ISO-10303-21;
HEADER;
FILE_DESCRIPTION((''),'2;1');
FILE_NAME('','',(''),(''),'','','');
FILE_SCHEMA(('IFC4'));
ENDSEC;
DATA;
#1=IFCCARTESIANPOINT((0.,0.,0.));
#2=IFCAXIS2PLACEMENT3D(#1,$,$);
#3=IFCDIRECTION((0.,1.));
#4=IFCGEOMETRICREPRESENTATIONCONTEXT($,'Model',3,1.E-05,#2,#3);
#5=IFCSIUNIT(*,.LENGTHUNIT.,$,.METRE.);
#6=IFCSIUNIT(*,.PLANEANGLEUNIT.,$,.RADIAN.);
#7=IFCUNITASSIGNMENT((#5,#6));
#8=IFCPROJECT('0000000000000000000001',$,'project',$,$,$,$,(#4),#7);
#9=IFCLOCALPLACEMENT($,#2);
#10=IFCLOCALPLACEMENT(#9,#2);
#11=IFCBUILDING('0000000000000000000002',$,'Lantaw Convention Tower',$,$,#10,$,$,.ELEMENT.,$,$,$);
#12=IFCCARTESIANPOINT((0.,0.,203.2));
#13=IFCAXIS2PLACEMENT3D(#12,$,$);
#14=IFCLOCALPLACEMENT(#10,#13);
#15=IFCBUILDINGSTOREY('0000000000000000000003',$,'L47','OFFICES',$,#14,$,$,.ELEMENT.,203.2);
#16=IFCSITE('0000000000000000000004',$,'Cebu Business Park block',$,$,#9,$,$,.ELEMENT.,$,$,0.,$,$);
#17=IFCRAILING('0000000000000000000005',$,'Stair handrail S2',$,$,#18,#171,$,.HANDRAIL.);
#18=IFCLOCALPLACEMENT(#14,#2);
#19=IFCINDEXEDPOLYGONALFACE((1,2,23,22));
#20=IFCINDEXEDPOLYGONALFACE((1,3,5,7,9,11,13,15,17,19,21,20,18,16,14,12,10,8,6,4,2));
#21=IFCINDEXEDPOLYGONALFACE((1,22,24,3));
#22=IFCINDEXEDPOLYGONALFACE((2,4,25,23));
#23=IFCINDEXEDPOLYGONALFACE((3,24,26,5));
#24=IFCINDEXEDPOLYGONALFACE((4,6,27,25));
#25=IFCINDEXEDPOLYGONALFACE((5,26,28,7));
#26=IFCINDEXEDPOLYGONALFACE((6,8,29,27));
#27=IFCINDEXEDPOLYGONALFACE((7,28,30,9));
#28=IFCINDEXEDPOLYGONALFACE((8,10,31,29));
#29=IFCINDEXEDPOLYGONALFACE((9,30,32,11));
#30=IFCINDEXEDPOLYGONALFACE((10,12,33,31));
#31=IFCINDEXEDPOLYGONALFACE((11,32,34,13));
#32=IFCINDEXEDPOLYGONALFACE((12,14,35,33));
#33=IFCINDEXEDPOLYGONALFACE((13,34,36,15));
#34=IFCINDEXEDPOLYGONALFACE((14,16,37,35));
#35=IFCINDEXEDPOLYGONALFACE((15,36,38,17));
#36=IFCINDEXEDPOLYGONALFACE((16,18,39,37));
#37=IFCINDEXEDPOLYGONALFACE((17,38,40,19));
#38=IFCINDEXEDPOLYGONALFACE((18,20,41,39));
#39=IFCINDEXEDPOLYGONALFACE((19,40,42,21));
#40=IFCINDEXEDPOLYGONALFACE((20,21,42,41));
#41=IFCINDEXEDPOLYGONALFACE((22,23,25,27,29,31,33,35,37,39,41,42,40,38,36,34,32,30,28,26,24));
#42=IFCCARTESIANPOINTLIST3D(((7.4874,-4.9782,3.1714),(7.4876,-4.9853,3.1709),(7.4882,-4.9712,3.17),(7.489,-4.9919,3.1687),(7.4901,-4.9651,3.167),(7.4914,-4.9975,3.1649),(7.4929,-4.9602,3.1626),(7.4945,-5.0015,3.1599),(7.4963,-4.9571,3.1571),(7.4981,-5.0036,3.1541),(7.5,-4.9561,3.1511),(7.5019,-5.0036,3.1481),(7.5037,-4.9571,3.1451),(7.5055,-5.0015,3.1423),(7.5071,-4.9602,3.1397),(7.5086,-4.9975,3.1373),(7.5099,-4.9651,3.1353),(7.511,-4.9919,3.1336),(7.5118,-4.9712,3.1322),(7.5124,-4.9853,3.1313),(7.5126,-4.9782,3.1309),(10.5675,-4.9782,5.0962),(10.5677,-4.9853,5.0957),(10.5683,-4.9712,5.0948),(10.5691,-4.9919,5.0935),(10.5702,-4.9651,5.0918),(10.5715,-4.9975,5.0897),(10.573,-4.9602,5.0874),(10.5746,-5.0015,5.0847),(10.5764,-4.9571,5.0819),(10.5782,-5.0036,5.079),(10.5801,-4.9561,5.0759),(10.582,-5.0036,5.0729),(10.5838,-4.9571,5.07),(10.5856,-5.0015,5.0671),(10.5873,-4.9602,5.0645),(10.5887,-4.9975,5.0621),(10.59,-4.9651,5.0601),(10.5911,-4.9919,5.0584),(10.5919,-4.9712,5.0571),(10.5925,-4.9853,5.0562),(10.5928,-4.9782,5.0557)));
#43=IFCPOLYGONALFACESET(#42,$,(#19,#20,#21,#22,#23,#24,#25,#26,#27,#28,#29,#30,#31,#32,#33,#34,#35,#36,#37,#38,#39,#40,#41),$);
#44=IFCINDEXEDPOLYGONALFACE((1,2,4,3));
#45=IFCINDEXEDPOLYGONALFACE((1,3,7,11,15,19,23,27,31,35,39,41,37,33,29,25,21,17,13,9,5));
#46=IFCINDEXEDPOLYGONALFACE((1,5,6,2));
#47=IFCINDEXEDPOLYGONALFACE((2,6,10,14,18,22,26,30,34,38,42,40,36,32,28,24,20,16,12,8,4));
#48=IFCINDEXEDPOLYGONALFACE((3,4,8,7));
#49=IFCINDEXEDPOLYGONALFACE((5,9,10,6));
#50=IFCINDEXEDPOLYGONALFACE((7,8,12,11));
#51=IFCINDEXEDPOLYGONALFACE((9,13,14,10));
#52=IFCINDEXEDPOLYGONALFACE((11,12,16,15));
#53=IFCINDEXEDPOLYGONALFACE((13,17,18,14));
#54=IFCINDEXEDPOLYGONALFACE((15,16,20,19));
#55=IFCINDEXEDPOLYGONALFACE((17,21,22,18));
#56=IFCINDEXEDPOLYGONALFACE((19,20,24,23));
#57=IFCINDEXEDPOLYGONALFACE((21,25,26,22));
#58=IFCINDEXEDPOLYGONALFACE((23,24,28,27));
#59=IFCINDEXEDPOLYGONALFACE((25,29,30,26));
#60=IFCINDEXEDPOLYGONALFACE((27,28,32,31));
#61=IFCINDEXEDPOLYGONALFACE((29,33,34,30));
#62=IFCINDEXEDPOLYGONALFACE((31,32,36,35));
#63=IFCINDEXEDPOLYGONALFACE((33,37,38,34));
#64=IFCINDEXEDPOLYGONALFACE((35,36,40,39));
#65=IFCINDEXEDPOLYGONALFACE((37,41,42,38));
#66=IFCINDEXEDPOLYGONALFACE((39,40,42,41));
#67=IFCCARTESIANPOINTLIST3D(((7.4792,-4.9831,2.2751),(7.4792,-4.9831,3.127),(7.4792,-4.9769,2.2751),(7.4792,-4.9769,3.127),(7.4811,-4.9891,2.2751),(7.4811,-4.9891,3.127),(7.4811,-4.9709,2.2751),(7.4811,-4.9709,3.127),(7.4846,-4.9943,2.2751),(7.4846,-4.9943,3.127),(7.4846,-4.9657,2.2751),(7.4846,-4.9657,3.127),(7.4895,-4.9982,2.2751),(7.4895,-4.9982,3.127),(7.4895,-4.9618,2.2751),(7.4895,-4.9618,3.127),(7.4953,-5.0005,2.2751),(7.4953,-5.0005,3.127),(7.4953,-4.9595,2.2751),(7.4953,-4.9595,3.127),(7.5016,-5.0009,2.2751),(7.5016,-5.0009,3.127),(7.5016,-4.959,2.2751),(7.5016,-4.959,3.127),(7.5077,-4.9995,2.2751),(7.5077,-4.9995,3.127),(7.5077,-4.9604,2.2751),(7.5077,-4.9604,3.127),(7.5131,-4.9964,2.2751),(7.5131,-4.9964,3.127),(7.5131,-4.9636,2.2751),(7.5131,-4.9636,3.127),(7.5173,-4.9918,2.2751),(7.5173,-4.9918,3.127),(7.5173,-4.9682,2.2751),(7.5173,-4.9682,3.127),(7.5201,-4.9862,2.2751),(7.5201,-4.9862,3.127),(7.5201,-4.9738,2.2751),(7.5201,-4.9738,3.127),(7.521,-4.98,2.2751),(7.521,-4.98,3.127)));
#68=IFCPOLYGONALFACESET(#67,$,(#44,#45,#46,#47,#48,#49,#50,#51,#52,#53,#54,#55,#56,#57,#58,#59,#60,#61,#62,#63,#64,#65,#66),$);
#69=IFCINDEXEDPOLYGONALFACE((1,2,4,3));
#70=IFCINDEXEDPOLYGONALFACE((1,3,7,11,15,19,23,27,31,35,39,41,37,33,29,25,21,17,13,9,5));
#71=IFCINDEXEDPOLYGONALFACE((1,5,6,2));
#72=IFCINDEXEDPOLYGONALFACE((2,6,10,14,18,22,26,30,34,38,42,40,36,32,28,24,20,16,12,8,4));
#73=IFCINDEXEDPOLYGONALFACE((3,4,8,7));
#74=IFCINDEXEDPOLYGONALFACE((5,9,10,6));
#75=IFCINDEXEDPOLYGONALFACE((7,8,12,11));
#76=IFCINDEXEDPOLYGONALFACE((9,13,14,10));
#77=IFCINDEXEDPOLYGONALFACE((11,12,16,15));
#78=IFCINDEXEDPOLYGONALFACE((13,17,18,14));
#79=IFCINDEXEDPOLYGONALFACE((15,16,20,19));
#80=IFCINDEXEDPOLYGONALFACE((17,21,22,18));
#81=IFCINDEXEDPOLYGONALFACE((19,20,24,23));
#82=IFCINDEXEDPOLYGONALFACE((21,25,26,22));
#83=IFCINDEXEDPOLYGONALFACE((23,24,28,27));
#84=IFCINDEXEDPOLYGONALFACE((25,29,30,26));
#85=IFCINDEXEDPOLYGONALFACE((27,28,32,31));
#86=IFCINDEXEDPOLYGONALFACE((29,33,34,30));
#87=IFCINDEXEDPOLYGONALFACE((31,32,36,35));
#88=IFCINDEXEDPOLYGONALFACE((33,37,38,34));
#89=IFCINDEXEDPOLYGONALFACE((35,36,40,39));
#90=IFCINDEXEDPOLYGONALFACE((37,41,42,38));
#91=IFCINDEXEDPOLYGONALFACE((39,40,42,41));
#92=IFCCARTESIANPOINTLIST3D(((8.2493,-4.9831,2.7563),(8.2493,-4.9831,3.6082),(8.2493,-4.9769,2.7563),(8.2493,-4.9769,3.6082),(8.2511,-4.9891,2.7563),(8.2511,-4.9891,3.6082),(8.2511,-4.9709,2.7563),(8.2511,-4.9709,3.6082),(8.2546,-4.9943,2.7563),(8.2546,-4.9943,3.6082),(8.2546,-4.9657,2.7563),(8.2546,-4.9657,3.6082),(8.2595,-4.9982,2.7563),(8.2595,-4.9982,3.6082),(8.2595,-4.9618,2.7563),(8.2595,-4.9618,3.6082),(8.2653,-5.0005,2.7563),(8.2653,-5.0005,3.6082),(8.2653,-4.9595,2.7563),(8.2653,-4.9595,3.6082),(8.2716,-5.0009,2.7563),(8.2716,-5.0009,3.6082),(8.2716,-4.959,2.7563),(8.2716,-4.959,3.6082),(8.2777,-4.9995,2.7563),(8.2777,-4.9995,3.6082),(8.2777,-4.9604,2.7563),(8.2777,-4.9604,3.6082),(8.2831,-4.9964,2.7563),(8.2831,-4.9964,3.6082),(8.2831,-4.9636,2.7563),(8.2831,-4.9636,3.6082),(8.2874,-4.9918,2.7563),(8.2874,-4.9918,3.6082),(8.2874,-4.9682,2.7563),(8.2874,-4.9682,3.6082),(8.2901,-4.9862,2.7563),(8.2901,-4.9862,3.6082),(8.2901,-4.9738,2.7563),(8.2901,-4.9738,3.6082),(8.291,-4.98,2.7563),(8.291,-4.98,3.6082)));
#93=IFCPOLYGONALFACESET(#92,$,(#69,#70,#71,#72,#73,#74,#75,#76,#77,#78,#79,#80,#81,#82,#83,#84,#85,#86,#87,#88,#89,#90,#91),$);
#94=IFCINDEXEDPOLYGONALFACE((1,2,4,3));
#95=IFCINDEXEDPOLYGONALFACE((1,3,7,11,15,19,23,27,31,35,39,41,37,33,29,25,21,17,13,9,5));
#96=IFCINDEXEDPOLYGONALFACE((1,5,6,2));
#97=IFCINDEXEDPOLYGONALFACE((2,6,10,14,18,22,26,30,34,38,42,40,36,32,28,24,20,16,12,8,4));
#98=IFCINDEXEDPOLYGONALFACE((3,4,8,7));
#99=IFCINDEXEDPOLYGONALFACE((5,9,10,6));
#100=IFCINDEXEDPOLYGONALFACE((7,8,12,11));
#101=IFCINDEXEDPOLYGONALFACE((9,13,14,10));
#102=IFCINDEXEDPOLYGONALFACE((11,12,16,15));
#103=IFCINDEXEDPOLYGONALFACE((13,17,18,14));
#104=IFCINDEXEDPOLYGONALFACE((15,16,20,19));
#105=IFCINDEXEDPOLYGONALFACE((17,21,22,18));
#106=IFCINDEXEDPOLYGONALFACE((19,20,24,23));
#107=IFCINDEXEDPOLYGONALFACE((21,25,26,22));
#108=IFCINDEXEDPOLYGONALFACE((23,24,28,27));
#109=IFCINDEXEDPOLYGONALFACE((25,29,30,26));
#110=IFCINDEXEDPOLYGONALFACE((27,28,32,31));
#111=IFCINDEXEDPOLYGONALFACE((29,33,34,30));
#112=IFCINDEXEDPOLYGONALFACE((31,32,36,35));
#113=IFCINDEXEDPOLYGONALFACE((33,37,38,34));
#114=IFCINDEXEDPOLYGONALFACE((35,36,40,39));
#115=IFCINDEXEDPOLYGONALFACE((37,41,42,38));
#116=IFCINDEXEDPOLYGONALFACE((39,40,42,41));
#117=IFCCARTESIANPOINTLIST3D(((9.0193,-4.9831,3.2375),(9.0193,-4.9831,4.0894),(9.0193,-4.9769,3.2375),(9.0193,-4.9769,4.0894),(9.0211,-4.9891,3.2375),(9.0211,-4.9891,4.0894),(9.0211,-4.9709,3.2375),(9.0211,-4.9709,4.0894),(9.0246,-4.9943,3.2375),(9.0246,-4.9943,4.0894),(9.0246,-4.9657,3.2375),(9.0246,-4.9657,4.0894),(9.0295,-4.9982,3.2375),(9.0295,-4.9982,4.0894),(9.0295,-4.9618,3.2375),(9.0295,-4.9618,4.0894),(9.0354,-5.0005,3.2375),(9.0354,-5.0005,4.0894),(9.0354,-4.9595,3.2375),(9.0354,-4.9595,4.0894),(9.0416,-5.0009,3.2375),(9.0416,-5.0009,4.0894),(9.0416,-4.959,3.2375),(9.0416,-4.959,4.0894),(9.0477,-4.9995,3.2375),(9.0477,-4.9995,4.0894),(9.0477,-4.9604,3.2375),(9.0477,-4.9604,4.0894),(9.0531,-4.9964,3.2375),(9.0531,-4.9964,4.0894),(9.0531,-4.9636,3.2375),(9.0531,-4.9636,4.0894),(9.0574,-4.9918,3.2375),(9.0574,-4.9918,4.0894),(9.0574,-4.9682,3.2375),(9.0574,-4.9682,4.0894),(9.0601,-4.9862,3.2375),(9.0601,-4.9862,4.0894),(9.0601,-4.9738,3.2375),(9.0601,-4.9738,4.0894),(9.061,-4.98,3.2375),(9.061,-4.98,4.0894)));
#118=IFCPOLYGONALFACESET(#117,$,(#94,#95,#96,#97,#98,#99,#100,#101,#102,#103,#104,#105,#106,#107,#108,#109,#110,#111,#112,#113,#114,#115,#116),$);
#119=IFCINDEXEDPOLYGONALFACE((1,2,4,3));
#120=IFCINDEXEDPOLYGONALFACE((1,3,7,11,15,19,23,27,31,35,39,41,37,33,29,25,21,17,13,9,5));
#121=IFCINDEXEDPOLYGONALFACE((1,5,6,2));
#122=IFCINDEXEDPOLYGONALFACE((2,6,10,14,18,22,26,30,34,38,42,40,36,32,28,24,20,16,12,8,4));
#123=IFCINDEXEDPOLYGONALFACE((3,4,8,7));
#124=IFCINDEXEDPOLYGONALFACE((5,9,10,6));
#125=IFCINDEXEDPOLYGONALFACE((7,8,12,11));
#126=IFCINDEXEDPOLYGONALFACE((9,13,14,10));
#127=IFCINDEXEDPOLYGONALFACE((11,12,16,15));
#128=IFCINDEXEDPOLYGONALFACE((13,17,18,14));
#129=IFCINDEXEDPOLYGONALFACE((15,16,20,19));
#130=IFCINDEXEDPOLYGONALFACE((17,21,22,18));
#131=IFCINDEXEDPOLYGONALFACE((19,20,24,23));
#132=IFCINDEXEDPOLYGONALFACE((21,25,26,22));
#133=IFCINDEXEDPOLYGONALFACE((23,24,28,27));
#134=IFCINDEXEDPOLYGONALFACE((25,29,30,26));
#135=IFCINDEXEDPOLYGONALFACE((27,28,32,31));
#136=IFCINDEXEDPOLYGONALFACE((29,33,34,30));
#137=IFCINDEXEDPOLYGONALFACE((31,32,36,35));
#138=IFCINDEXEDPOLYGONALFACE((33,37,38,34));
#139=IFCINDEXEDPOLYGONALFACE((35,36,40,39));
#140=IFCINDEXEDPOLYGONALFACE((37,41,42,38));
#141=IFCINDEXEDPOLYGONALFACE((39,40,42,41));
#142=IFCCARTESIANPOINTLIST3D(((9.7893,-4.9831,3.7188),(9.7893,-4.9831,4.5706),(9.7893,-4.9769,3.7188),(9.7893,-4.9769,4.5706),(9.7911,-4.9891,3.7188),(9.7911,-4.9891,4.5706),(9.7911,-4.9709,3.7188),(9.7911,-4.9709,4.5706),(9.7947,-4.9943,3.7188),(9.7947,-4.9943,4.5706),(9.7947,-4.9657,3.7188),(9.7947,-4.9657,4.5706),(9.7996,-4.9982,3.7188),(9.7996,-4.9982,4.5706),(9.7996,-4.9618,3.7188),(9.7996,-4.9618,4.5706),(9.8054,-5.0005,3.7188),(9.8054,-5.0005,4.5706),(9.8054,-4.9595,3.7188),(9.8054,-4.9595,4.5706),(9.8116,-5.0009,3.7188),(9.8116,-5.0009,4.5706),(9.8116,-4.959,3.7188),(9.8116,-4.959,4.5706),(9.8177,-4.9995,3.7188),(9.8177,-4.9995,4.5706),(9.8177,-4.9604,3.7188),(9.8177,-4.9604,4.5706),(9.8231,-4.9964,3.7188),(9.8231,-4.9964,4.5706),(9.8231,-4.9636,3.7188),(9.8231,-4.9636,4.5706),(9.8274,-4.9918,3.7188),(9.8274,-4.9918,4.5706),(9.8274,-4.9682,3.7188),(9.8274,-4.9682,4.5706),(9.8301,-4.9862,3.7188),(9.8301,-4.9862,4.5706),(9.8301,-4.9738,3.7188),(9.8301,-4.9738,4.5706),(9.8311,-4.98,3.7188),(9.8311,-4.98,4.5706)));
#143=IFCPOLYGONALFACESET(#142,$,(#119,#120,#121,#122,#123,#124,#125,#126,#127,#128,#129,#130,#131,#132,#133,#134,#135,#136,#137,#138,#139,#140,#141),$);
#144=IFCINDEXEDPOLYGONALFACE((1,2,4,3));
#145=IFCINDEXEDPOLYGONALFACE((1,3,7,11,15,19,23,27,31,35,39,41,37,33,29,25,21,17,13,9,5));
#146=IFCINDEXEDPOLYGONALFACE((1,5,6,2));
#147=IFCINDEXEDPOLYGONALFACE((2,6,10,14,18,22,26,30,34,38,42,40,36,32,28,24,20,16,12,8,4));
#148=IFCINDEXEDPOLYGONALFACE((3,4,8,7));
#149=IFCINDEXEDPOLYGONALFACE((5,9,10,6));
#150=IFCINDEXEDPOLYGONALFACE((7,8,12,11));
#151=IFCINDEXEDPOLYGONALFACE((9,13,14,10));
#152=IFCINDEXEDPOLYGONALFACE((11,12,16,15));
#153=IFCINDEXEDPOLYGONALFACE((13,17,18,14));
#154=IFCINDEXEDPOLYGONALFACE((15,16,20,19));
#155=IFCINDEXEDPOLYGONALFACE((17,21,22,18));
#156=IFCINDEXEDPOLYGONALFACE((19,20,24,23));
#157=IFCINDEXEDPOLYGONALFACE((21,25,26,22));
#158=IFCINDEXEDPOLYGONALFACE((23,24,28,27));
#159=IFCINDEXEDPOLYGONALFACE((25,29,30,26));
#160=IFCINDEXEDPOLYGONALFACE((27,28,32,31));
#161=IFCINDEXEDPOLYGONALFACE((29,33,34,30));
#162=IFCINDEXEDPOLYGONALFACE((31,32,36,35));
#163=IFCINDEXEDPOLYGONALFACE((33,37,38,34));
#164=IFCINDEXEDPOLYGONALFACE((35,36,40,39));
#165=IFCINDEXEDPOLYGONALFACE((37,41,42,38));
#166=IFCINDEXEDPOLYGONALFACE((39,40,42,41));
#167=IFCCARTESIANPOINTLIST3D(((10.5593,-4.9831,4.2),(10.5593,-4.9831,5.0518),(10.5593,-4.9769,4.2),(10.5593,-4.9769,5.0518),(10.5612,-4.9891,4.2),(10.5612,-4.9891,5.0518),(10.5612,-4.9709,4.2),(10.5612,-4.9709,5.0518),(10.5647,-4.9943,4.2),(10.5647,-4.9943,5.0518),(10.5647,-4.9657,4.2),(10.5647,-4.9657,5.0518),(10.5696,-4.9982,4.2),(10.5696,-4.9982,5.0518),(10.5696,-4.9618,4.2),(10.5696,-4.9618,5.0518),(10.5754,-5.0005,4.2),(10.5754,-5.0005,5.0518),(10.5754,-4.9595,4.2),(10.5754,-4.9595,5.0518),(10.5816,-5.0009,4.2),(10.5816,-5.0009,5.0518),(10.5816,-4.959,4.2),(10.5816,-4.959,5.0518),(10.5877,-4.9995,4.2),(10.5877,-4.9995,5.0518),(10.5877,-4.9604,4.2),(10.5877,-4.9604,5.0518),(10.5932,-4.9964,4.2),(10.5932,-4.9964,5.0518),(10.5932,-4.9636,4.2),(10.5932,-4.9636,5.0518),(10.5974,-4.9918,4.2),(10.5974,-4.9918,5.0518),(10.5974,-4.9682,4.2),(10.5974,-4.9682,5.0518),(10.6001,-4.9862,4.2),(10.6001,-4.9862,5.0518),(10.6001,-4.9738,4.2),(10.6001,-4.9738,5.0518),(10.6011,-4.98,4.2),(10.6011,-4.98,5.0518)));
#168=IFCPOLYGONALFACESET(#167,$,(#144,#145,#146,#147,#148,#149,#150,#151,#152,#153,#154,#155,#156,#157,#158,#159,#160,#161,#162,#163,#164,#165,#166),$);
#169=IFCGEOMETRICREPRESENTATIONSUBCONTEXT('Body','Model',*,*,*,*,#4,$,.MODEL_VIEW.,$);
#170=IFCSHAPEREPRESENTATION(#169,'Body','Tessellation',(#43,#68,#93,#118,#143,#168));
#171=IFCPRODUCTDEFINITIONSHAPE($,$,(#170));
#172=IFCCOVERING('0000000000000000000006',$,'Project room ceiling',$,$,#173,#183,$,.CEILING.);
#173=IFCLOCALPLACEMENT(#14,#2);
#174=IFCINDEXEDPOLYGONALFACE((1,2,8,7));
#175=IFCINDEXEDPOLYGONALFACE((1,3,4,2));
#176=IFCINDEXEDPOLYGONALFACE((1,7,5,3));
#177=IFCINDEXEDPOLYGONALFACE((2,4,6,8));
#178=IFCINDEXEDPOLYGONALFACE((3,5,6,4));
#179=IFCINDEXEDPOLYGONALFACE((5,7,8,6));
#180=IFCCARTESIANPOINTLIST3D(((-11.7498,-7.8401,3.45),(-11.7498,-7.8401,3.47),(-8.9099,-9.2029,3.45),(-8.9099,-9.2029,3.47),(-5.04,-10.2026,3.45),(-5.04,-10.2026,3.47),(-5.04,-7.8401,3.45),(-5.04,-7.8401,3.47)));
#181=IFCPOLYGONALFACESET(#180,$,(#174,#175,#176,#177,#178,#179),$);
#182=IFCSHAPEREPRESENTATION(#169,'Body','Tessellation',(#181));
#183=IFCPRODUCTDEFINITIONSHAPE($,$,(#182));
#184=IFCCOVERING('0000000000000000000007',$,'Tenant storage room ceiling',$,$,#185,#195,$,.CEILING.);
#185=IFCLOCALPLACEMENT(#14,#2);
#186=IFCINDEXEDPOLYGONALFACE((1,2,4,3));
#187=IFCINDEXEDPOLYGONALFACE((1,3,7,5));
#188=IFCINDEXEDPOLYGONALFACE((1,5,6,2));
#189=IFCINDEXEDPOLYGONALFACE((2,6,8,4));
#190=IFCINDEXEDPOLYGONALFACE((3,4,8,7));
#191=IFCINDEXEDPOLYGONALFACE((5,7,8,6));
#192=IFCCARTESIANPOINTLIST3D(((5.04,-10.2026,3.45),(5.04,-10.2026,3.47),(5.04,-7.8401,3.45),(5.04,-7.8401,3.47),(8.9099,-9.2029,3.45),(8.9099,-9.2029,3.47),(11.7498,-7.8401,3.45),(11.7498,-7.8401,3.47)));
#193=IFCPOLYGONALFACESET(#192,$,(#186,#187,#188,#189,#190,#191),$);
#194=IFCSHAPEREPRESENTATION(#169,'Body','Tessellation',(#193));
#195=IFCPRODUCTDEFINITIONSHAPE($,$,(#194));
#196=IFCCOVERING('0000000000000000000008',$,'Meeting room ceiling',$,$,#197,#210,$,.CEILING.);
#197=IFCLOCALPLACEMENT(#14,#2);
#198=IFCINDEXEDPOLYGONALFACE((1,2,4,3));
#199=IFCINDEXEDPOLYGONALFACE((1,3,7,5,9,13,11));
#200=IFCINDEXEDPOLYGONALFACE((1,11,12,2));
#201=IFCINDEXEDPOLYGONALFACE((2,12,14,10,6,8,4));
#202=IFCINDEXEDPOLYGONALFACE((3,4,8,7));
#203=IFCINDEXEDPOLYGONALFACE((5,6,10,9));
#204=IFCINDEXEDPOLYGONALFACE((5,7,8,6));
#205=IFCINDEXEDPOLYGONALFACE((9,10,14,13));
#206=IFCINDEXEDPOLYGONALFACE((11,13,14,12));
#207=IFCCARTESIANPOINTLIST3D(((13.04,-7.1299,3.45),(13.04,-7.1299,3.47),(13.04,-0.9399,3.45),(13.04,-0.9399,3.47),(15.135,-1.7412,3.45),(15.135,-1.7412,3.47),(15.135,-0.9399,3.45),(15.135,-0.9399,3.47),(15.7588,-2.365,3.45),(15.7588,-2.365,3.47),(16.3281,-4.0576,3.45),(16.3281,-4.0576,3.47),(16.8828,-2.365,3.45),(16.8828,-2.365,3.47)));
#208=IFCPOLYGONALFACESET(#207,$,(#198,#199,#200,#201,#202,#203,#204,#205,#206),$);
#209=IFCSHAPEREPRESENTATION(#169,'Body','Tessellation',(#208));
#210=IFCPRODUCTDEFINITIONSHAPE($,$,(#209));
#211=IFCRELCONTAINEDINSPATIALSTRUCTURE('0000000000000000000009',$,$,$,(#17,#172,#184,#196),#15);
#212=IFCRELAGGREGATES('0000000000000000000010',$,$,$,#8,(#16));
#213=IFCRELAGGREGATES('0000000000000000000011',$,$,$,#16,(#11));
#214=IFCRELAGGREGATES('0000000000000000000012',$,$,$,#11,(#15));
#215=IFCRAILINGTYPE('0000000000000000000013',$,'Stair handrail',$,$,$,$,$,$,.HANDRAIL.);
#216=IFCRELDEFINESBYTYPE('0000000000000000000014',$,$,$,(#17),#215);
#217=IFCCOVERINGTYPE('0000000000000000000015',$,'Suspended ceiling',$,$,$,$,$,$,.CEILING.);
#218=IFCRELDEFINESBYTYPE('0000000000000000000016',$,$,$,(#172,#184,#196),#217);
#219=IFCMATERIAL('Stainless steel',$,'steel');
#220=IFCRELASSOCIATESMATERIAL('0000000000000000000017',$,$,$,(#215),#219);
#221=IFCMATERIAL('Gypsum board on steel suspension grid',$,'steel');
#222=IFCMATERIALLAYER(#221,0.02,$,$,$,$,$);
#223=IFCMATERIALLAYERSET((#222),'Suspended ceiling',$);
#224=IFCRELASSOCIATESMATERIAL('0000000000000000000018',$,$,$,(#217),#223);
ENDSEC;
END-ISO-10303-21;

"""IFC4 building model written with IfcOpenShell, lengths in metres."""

from ifc_helpers import new_model, si_unit, direction, frame, origin, origin_2d, place, context, subcontext, project, spatial, polyline, circle, outline, extrude, material, layer, layer_set, type_object, element, save


model = new_model("IFC4")

# Units and contexts
model_context = context("Model", 3, precision=1e-05, world=origin(), true_north=direction((0.0, 1.0)))
body_context = subcontext(model_context, "Body", "Model", "MODEL_VIEW")
ifc_project = project(units=[si_unit("LENGTHUNIT", "METRE"), si_unit("PLANEANGLEUNIT", "RADIAN")], contexts=[model_context])

# Site, building, storey
site_placement = place(None, origin())
site = spatial("IfcSite", under=ifc_project, at=site_placement, Name="Cebu Business Park block", CompositionType="ELEMENT", RefElevation=0.0)
building_placement = place(site_placement, origin())
building = spatial("IfcBuilding", under=site, at=building_placement, Name="Lantaw Convention Tower", CompositionType="ELEMENT")
storey_placement = place(building_placement, frame((0.0, 0.0, 203.2)))
storey = spatial("IfcBuildingStorey", under=building, at=storey_placement, Name="L47", Description="OFFICES", CompositionType="ELEMENT", Elevation=203.2)

# Railing
ifc_material_1 = material(Name="Stainless steel", Category="steel")
railing_type = type_object("IfcRailingType", Name="Stair handrail", PredefinedType="HANDRAIL", material=ifc_material_1)
railing_placement = place(storey_placement, frame((7.5, -4.98, 2.2751)))
element("IfcRailing", 1, at=railing_placement, inside=storey, type_object=railing_type, Name="Stair handrail S2", PredefinedType="HANDRAIL", context=body_context, shape_type="SweptSolid", body=[
    extrude(circle(Radius=0.0239, at=origin_2d()), frame((0.0, 0.0, 0.876), z_axis=(0.848029, 0.0, 0.529951), x_axis=(0.0, 1.0, 0.0)), (0.0, 0.0, 1.0), 3.6321),
    extrude(circle(Radius=0.021, at=origin_2d()), origin(), (0.0, 0.0, 1.0), 0.8518),
    extrude(circle(Radius=0.021, at=origin_2d()), frame((0.77, 0.0, 0.4812)), (0.0, 0.0, 1.0), 0.8518),
    extrude(circle(Radius=0.021, at=origin_2d()), frame((1.54, 0.0, 0.9624)), (0.0, 0.0, 1.0), 0.8518),
    extrude(circle(Radius=0.021, at=origin_2d()), frame((2.3101, 0.0, 1.4436)), (0.0, 0.0, 1.0), 0.8518),
    extrude(circle(Radius=0.021, at=origin_2d()), frame((3.0801, 0.0, 1.9248)), (0.0, 0.0, 1.0), 0.8518),
])

# Coverings
ifc_material_2 = material(Name="Gypsum board on steel suspension grid", Category="steel")
ifc_layer_1 = layer(ifc_material_2, 0.02)
ifc_layer_set_1 = layer_set([ifc_layer_1], Name="Suspended ceiling")
covering_type = type_object("IfcCoveringType", Name="Suspended ceiling", PredefinedType="CEILING", material=ifc_layer_set_1)
covering_1_placement = place(storey_placement, frame((0.0, 0.0, 3.45)))
element("IfcCovering", 2, at=covering_1_placement, inside=storey, type_object=covering_type, Name="Project room ceiling", PredefinedType="CEILING", context=body_context, shape_type="SweptSolid", body=[
    extrude(outline(polyline([(-5.04, -7.8401), (-11.7498, -7.8401), (-8.9099, -9.2029), (-5.04, -10.2026), (-5.04, -7.8401)])), origin(), (0.0, 0.0, 1.0), 0.02),
])
covering_2_placement = place(storey_placement, frame((0.0, 0.0, 3.45)))
element("IfcCovering", 3, at=covering_2_placement, inside=storey, type_object=covering_type, Name="Tenant storage room ceiling", PredefinedType="CEILING", context=body_context, shape_type="SweptSolid", body=[
    extrude(outline(polyline([(5.04, -7.8401), (5.04, -10.2026), (8.9099, -9.2029), (11.7498, -7.8401), (5.04, -7.8401)])), origin(), (0.0, 0.0, 1.0), 0.02),
])
covering_3_placement = place(storey_placement, frame((0.0, 0.0, 3.45)))
element("IfcCovering", 4, at=covering_3_placement, inside=storey, type_object=covering_type, Name="Meeting room ceiling", PredefinedType="CEILING", context=body_context, shape_type="SweptSolid", body=[
    extrude(outline(polyline([(15.135, -0.9399), (13.04, -0.9399), (13.04, -7.1299), (16.3281, -4.0576), (16.8828, -2.365), (15.7588, -2.365), (15.135, -1.7412), (15.135, -0.9399)])), origin(), (0.0, 0.0, 1.0), 0.02),
])

save(model, "model.ifc")
